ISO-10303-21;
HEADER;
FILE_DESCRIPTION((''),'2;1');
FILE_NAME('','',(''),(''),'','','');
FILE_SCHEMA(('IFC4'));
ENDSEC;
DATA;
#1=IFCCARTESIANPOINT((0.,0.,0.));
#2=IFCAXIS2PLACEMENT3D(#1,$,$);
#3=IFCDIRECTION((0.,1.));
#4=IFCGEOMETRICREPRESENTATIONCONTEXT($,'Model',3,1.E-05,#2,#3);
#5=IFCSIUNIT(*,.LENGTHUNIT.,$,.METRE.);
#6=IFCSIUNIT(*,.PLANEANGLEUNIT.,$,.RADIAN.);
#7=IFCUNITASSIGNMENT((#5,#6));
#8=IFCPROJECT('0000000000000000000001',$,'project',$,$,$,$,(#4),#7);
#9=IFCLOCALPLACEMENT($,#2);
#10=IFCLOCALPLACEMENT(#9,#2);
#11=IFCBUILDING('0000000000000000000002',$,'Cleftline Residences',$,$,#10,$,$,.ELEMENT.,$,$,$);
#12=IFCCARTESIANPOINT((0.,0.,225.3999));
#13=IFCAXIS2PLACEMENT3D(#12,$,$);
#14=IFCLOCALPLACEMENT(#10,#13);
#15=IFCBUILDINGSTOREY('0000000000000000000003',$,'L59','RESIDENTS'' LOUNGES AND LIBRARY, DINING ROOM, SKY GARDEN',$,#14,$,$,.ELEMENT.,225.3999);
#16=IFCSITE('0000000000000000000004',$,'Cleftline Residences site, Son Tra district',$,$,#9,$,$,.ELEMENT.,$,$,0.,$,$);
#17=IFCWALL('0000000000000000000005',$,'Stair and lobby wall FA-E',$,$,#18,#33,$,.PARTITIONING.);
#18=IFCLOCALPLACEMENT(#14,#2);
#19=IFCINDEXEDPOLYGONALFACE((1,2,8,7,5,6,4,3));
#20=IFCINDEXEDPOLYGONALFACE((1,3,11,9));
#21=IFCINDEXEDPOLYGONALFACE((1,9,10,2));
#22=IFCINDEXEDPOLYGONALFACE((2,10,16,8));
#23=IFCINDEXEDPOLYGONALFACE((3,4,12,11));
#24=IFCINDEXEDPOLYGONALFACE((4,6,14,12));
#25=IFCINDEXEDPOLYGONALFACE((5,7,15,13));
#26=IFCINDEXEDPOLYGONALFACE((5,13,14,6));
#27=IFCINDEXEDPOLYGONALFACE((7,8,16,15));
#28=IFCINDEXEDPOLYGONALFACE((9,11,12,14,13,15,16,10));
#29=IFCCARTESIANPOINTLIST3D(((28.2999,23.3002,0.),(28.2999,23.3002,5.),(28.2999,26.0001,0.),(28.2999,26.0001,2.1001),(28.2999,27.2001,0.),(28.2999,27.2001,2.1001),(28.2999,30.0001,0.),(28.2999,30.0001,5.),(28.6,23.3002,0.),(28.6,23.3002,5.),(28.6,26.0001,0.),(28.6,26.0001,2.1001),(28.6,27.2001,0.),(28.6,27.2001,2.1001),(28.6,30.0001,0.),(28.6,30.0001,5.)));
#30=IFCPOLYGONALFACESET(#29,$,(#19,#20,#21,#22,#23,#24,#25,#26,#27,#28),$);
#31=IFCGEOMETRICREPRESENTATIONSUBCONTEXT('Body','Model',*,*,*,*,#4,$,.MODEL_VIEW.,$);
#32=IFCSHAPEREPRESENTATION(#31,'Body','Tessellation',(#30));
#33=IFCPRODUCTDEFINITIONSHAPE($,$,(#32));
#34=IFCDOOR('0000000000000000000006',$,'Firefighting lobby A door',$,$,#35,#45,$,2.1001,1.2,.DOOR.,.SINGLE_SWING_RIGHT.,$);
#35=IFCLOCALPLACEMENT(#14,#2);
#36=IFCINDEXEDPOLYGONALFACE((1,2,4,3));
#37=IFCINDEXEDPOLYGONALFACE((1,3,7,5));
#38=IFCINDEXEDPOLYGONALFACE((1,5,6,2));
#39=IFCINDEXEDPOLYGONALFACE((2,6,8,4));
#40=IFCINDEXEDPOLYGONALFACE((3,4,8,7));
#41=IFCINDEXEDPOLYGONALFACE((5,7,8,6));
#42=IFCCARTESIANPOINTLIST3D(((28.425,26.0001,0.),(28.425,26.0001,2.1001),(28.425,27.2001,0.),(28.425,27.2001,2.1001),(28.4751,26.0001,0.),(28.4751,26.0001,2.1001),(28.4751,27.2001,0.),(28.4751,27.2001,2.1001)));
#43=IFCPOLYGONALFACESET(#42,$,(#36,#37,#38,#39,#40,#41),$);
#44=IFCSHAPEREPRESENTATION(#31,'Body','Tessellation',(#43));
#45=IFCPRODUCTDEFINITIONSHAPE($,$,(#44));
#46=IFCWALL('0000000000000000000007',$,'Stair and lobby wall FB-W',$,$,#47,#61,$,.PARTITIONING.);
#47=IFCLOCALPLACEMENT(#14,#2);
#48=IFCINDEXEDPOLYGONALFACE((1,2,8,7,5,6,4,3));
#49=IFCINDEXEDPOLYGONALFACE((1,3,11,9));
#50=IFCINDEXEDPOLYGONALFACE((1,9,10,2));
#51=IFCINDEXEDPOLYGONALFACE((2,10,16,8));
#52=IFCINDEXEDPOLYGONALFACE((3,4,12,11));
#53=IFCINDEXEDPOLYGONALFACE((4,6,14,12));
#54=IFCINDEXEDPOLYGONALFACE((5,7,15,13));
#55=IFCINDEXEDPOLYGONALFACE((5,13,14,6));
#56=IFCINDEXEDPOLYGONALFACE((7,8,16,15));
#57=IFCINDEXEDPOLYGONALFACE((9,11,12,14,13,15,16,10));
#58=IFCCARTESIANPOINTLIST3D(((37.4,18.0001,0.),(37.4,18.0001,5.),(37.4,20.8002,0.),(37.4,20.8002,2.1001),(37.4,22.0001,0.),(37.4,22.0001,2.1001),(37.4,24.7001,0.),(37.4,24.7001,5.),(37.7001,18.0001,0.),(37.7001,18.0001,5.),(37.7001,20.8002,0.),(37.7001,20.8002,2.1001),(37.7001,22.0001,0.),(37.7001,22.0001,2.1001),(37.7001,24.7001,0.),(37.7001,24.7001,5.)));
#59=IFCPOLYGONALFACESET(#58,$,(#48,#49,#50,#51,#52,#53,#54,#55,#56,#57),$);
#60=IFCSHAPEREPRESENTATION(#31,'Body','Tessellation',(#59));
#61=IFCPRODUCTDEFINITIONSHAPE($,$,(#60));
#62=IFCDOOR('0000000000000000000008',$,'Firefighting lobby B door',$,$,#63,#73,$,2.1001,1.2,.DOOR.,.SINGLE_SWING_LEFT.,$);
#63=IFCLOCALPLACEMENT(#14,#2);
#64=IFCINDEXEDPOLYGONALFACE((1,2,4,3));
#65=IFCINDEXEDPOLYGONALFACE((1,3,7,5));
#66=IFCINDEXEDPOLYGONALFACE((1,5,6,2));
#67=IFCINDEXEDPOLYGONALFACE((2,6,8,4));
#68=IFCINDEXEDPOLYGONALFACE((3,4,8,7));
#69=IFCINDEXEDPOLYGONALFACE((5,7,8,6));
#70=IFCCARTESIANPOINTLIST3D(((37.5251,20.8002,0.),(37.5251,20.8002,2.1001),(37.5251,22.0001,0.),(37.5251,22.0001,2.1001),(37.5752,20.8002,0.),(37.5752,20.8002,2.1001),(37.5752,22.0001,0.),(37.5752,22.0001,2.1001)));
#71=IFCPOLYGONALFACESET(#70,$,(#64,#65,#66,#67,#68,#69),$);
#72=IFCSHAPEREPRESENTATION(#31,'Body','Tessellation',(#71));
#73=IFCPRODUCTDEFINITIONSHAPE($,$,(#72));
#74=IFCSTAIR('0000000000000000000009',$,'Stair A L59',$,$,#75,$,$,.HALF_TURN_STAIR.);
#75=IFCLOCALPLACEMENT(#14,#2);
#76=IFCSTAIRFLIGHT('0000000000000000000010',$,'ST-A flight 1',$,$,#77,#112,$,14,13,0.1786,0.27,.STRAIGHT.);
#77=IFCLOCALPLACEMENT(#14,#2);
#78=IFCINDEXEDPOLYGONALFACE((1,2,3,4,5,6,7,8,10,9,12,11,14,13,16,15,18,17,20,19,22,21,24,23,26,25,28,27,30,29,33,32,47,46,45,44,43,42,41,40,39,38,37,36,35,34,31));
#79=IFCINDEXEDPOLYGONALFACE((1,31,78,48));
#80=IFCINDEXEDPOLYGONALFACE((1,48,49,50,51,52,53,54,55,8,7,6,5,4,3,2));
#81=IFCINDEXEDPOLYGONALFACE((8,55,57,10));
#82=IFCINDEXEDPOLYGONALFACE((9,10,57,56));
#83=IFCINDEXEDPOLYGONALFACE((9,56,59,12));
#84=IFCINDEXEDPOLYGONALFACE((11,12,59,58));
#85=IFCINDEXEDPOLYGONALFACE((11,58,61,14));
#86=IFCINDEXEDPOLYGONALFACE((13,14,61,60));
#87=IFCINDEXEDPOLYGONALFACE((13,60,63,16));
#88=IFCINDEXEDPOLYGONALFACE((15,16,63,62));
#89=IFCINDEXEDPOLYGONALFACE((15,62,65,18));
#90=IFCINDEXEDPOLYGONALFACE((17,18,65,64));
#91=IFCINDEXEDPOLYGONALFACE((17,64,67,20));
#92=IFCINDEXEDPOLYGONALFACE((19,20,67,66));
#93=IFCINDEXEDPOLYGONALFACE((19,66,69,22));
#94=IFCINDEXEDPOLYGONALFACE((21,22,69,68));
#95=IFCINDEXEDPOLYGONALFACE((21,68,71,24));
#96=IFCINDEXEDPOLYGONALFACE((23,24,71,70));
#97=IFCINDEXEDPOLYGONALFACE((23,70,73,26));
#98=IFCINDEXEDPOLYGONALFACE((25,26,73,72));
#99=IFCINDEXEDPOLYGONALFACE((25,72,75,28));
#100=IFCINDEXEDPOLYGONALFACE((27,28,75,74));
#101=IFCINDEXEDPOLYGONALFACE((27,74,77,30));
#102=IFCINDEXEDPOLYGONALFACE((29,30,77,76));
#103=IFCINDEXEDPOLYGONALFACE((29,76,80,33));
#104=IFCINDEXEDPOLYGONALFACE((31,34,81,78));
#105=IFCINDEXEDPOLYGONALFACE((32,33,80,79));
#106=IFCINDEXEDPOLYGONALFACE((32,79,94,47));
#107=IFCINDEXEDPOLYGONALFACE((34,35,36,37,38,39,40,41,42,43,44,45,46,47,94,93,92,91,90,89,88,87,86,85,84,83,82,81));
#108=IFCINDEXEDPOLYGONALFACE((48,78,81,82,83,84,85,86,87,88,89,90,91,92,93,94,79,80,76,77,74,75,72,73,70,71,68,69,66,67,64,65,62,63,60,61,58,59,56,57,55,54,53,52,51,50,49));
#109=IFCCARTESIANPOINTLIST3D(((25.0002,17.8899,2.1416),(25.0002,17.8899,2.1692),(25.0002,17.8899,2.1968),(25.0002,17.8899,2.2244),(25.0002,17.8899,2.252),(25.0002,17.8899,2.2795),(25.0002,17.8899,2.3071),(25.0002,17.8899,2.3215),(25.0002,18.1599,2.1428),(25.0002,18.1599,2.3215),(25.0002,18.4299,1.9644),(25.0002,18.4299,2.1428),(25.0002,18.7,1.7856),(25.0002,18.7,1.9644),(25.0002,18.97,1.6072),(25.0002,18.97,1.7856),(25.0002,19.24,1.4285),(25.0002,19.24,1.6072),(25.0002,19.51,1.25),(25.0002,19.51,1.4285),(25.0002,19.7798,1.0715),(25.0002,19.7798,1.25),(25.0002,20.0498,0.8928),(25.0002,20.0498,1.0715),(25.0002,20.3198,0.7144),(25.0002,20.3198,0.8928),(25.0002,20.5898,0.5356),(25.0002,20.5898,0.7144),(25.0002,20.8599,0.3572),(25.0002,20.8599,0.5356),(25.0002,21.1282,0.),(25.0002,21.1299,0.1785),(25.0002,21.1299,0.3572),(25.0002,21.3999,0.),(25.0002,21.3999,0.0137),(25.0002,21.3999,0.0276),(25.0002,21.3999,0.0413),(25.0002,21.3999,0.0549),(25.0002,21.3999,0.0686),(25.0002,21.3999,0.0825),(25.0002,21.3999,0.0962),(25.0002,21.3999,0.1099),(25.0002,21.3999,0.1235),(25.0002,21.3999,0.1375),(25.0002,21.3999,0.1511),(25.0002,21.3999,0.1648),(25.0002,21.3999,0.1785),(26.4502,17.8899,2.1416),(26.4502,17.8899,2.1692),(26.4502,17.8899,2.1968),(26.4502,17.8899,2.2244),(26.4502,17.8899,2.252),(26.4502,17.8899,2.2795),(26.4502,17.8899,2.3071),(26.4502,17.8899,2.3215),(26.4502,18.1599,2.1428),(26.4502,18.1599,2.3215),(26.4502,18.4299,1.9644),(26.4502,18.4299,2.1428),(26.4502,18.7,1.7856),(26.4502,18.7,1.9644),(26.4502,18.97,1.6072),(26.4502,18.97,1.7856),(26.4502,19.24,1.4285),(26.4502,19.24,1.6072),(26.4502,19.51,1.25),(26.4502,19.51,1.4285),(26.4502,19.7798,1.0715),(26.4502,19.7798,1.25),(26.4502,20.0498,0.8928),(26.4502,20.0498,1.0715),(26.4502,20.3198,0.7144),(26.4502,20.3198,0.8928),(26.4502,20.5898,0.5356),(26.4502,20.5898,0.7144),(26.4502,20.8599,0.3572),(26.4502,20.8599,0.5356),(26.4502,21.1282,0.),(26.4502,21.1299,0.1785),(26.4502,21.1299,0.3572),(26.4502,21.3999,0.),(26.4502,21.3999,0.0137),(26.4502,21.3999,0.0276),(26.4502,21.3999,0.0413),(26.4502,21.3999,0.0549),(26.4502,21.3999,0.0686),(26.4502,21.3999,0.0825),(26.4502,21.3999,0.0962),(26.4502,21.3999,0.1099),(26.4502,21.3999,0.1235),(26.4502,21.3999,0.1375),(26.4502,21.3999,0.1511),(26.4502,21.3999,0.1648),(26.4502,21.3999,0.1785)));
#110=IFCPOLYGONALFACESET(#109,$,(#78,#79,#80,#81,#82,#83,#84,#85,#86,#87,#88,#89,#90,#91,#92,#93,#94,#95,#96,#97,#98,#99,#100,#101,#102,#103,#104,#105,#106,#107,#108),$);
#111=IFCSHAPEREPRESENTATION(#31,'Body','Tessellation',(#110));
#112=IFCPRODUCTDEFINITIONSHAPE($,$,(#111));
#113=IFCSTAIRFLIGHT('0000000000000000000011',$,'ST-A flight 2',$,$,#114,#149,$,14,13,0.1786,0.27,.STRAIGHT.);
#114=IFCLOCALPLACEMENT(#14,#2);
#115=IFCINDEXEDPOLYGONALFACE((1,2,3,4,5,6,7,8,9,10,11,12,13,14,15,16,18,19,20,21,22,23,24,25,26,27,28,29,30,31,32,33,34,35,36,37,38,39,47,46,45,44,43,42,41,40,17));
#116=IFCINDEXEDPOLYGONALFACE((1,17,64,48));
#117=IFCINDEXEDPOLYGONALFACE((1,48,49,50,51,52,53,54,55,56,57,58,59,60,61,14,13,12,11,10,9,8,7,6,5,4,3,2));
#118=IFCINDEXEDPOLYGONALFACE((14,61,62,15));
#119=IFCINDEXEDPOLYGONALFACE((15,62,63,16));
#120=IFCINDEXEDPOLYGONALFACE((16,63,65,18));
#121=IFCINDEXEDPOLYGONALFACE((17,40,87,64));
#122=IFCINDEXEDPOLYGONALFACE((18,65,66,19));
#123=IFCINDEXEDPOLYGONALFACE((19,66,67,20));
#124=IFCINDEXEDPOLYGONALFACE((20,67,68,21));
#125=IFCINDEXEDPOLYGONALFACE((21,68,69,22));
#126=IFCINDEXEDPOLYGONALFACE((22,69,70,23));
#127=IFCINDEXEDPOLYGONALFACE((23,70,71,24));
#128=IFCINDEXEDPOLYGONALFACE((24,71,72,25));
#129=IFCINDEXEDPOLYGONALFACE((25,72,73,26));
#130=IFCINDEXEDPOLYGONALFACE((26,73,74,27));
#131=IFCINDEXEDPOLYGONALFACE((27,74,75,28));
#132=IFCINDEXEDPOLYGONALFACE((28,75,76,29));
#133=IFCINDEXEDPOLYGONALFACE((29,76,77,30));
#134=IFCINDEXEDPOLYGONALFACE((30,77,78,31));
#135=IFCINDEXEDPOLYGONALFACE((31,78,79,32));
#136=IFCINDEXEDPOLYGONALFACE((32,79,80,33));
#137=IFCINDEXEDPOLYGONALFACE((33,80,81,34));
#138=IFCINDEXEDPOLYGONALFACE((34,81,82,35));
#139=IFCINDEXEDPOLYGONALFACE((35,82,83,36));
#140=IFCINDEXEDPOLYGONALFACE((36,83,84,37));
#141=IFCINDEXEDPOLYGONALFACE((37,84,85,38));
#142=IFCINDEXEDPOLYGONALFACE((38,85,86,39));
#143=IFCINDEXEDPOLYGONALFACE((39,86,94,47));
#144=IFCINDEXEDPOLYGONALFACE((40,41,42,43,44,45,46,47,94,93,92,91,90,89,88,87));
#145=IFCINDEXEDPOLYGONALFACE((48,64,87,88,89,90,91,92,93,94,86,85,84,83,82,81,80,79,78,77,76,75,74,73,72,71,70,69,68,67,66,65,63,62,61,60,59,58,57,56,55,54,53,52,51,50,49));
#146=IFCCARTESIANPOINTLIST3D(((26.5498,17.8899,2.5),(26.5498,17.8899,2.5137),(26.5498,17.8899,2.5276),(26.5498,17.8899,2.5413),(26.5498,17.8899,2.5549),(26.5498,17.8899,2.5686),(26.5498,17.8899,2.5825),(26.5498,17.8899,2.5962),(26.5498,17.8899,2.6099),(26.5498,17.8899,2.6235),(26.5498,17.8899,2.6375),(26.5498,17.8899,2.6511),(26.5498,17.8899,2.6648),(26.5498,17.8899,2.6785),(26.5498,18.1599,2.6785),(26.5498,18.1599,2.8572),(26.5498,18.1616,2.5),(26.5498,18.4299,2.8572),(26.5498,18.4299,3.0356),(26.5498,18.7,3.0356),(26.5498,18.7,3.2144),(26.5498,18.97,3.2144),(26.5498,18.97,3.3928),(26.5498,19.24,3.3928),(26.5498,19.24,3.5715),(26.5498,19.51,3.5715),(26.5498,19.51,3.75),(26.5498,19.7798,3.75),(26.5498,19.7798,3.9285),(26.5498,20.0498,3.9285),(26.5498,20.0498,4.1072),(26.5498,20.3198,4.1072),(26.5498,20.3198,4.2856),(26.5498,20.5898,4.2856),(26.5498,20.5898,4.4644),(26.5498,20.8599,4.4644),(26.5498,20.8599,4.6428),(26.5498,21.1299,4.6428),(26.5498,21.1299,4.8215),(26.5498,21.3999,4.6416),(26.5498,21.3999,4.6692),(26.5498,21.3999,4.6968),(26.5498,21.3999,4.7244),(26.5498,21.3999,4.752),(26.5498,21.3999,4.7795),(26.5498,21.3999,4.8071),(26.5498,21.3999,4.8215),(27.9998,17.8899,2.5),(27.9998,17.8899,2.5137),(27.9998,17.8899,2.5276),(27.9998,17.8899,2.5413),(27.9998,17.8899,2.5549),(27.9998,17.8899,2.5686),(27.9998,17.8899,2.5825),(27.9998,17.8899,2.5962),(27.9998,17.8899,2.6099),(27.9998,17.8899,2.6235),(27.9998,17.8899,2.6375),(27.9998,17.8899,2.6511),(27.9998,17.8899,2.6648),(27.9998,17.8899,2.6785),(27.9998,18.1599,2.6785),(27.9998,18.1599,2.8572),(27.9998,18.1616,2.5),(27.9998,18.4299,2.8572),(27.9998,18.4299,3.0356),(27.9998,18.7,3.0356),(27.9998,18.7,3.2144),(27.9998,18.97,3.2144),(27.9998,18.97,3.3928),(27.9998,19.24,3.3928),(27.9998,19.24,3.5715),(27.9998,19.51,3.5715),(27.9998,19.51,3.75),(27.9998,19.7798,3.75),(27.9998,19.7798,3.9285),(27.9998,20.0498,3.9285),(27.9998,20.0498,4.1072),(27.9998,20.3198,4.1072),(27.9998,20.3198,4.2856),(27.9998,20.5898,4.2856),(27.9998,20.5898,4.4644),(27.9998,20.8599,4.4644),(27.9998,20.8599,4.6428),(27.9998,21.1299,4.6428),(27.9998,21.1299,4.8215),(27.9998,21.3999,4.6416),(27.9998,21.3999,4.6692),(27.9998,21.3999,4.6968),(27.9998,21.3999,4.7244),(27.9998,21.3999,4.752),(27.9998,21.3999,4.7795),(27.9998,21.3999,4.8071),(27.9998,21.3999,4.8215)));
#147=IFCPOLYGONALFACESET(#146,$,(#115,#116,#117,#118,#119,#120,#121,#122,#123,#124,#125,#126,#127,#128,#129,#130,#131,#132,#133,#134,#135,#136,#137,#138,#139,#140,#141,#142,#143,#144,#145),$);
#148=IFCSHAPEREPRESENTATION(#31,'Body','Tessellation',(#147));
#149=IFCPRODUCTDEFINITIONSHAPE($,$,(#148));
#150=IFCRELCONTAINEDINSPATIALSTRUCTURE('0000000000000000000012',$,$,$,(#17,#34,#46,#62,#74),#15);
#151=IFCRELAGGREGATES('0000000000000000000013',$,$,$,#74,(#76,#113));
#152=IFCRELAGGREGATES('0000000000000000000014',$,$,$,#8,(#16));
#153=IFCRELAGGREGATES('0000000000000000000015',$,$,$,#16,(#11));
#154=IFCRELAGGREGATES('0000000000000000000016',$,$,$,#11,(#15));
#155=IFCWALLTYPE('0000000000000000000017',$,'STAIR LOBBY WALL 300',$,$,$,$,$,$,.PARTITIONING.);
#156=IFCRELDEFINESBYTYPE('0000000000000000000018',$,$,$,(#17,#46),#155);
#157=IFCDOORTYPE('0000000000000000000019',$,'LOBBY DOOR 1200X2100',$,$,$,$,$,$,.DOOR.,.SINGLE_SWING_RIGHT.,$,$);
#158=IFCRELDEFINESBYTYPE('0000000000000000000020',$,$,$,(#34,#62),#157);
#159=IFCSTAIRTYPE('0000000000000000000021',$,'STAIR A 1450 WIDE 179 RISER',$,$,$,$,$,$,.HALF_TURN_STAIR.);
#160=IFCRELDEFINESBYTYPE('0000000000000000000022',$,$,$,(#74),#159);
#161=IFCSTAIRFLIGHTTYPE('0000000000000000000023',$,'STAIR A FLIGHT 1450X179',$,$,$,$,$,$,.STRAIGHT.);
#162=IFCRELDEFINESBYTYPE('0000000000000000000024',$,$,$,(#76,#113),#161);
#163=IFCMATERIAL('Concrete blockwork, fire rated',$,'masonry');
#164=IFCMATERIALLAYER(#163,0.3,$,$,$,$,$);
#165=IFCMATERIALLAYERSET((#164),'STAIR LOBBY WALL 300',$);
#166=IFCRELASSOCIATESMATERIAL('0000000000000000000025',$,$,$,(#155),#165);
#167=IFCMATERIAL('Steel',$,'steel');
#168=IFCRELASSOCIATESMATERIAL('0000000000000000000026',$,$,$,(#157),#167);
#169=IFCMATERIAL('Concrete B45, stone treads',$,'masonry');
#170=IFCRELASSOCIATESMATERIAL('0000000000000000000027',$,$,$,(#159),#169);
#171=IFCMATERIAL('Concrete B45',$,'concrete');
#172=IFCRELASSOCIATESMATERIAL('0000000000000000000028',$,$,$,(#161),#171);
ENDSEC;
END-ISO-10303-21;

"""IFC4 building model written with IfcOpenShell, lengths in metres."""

from ifc_helpers import new_model, si_unit, direction, frame, frame_2d, origin, place, context, subcontext, project, spatial, polyline, rectangle, outline, extrude, material, layer, layer_set, type_object, element, fill, aggregate, save


model = new_model("IFC4")

# Units and contexts
model_context = context("Model", 3, precision=1e-05, world=origin(), true_north=direction((0.0, 1.0)))
body_context = subcontext(model_context, "Body", "Model", "MODEL_VIEW")
ifc_project = project(units=[si_unit("LENGTHUNIT", "METRE"), si_unit("PLANEANGLEUNIT", "RADIAN")], contexts=[model_context])

# Site, building, storey
site_placement = place(None, origin())
site = spatial("IfcSite", under=ifc_project, at=site_placement, Name="Cleftline Residences site, Son Tra district", CompositionType="ELEMENT", RefElevation=0.0)
building_placement = place(site_placement, origin())
building = spatial("IfcBuilding", under=site, at=building_placement, Name="Cleftline Residences", CompositionType="ELEMENT")
storey_placement = place(building_placement, frame((0.0, 0.0, 225.3999)))
storey = spatial("IfcBuildingStorey", under=building, at=storey_placement, Name="L59", Description="RESIDENTS' LOUNGES AND LIBRARY, DINING ROOM, SKY GARDEN", CompositionType="ELEMENT", Elevation=225.3999)

# Walls, openings, doors
ifc_material_1 = material(Name="Concrete blockwork, fire rated", Category="masonry")
ifc_layer_1 = layer(ifc_material_1, 0.3)
ifc_layer_set_1 = layer_set([ifc_layer_1], Name="STAIR LOBBY WALL 300")
wall_type_1 = type_object("IfcWallType", Name="STAIR LOBBY WALL 300", PredefinedType="PARTITIONING", material=ifc_layer_set_1)
wall_1_placement = place(storey_placement, frame((28.45, 23.3, 0.0), z_axis=(0.0, 0.0, 1.0), x_axis=(0.0, 1.0, 0.0)))
wall_1 = element("IfcWall", 1, at=wall_1_placement, inside=storey, type_object=wall_type_1, Name="Stair and lobby wall FA-E", PredefinedType="PARTITIONING", context=body_context, shape_type="SweptSolid", body=[
    extrude(rectangle(XDim=6.7, YDim=0.3, at=frame_2d((3.3501, 0.0))), origin(), (0.0, 0.0, 1.0), 5.0),
])
opening_1_placement = place(wall_1_placement, frame((2.7, 0.0, 0.0)))
opening_1 = element("IfcOpeningElement", 2, at=opening_1_placement, cuts=wall_1, PredefinedType="OPENING", context=body_context, shape_type="SweptSolid", body=[
    extrude(rectangle(XDim=1.2, YDim=2.1001, at=frame_2d((0.6001, 1.05))), frame((0.0, 0.1599, 0.0), z_axis=(0.0, -1.0, 0.0), x_axis=(1.0, 0.0, 0.0)), (0.0, 0.0, 1.0), 0.3201),
])
ifc_material_2 = material(Name="Steel", Category="steel")
door_type_1 = type_object("IfcDoorType", Name="LOBBY DOOR 1200X2100", OperationType="SINGLE_SWING_RIGHT", PredefinedType="DOOR", material=ifc_material_2)
door_1_placement = place(opening_1_placement, origin())
door_1 = element("IfcDoor", 3, at=door_1_placement, inside=storey, type_object=door_type_1, Name="Firefighting lobby A door", OperationType="SINGLE_SWING_RIGHT", OverallHeight=2.1001, OverallWidth=1.2, PredefinedType="DOOR", context=body_context, shape_type="SweptSolid", body=[
    extrude(rectangle(XDim=1.2, YDim=2.1001, at=frame_2d((0.6001, 1.05))), frame((0.0, 0.0249, 0.0), z_axis=(0.0, -1.0, 0.0), x_axis=(1.0, 0.0, 0.0)), (0.0, 0.0, 1.0), 0.05),
])
fill(opening_1, door_1)
wall_2_placement = place(storey_placement, frame((37.55, 18.0, 0.0), z_axis=(0.0, 0.0, 1.0), x_axis=(0.0, 1.0, 0.0)))
wall_2 = element("IfcWall", 4, at=wall_2_placement, inside=storey, type_object=wall_type_1, Name="Stair and lobby wall FB-W", PredefinedType="PARTITIONING", context=body_context, shape_type="SweptSolid", body=[
    extrude(rectangle(XDim=6.7, YDim=0.3, at=frame_2d((3.3501, 0.0))), origin(), (0.0, 0.0, 1.0), 5.0),
])
opening_2_placement = place(wall_2_placement, frame((2.8, 0.0, 0.0)))
opening_2 = element("IfcOpeningElement", 5, at=opening_2_placement, cuts=wall_2, PredefinedType="OPENING", context=body_context, shape_type="SweptSolid", body=[
    extrude(rectangle(XDim=1.2, YDim=2.1001, at=frame_2d((0.6001, 1.05))), frame((0.0, 0.1599, 0.0), z_axis=(0.0, -1.0, 0.0), x_axis=(1.0, 0.0, 0.0)), (0.0, 0.0, 1.0), 0.3201),
])
door_2_placement = place(opening_2_placement, origin())
door_2 = element("IfcDoor", 6, at=door_2_placement, inside=storey, type_object=door_type_1, Name="Firefighting lobby B door", OperationType="SINGLE_SWING_LEFT", OverallHeight=2.1001, OverallWidth=1.2, PredefinedType="DOOR", context=body_context, shape_type="SweptSolid", body=[
    extrude(rectangle(XDim=1.2, YDim=2.1001, at=frame_2d((0.6001, 1.05))), frame((0.0, 0.0249, 0.0), z_axis=(0.0, -1.0, 0.0), x_axis=(1.0, 0.0, 0.0)), (0.0, 0.0, 1.0), 0.05),
])
fill(opening_2, door_2)

# Stair, stair flights
ifc_material_3 = material(Name="Concrete B45, stone treads", Category="masonry")
stair_type = type_object("IfcStairType", Name="STAIR A 1450 WIDE 179 RISER", PredefinedType="HALF_TURN_STAIR", material=ifc_material_3)
stair_placement = place(storey_placement, origin())
stair = element("IfcStair", 7, at=stair_placement, inside=storey, type_object=stair_type, Name="Stair A L59", PredefinedType="HALF_TURN_STAIR")
ifc_material_4 = material(Name="Concrete B45", Category="concrete")
stair_flight_type = type_object("IfcStairFlightType", Name="STAIR A FLIGHT 1450X179", PredefinedType="STRAIGHT", material=ifc_material_4)
stair_flight_1_placement = place(storey_placement, frame((25.7251, 21.3999, 0.0), z_axis=(0.0, 0.0, 1.0), x_axis=(0.0, -1.0, 0.0)))
stair_flight_1 = element("IfcStairFlight", 8, at=stair_flight_1_placement, type_object=stair_flight_type, Name="ST-A flight 1", NumberOfRisers=14, NumberOfTreads=13, PredefinedType="STRAIGHT", RiserHeight=0.1786, TreadLength=0.27, context=body_context, shape_type="SweptSolid", body=[
    extrude(outline(polyline([(0.0, 0.0), (0.0, 0.0137), (0.0, 0.0276), (0.0, 0.0413), (0.0, 0.0549), (0.0, 0.0686), (0.0, 0.0825), (0.0, 0.0962), (0.0, 0.1099), (0.0, 0.1235), (0.0, 0.1375), (0.0, 0.1511), (0.0, 0.1648), (0.0, 0.1785), (0.27, 0.1785), (0.27, 0.3572), (0.54, 0.3572), (0.54, 0.5356), (0.8101, 0.5356), (0.8101, 0.7144), (1.0801, 0.7144), (1.0801, 0.8928), (1.3501, 0.8928), (1.3501, 1.0715), (1.6201, 1.0715), (1.6201, 1.25), (1.8899, 1.25), (1.8899, 1.4285), (2.1599, 1.4285), (2.1599, 1.6072), (2.4299, 1.6072), (2.4299, 1.7856), (2.7, 1.7856), (2.7, 1.9644), (2.97, 1.9644), (2.97, 2.1428), (3.24, 2.1428), (3.24, 2.3215), (3.51, 2.3215), (3.51, 2.5), (3.51, 2.4724), (3.51, 2.4448), (3.51, 2.4172), (3.51, 2.3896), (3.51, 2.3623), (3.51, 2.3347), (3.51, 2.3071), (3.51, 2.2795), (3.51, 2.252), (3.51, 2.2244), (3.51, 2.1968), (3.51, 2.1692), (3.51, 2.1416), (0.2717, 0.0), (0.0, 0.0)])), frame((0.0, 0.7251, 0.0), z_axis=(0.0, -1.0, 0.0), x_axis=(1.0, 0.0, 0.0)), (0.0, 0.0, 1.0), 1.45),
])
stair_flight_2_placement = place(storey_placement, frame((27.2749, 17.8899, 2.5), z_axis=(0.0, 0.0, 1.0), x_axis=(0.0, 1.0, 0.0)))
stair_flight_2 = element("IfcStairFlight", 9, at=stair_flight_2_placement, type_object=stair_flight_type, Name="ST-A flight 2", NumberOfRisers=14, NumberOfTreads=13, PredefinedType="STRAIGHT", RiserHeight=0.1786, TreadLength=0.27, context=body_context, shape_type="SweptSolid", body=[
    extrude(outline(polyline([(0.0, 0.0), (0.0, 0.0137), (0.0, 0.0276), (0.0, 0.0413), (0.0, 0.0549), (0.0, 0.0686), (0.0, 0.0825), (0.0, 0.0962), (0.0, 0.1099), (0.0, 0.1235), (0.0, 0.1375), (0.0, 0.1511), (0.0, 0.1648), (0.0, 0.1785), (0.27, 0.1785), (0.27, 0.3572), (0.54, 0.3572), (0.54, 0.5356), (0.8101, 0.5356), (0.8101, 0.7144), (1.0801, 0.7144), (1.0801, 0.8928), (1.3501, 0.8928), (1.3501, 1.0715), (1.6201, 1.0715), (1.6201, 1.25), (1.8899, 1.25), (1.8899, 1.4285), (2.1599, 1.4285), (2.1599, 1.6072), (2.4299, 1.6072), (2.4299, 1.7856), (2.7, 1.7856), (2.7, 1.9644), (2.97, 1.9644), (2.97, 2.1428), (3.24, 2.1428), (3.24, 2.3215), (3.51, 2.3215), (3.51, 2.5), (3.51, 2.4724), (3.51, 2.4448), (3.51, 2.4172), (3.51, 2.3896), (3.51, 2.3623), (3.51, 2.3347), (3.51, 2.3071), (3.51, 2.2795), (3.51, 2.252), (3.51, 2.2244), (3.51, 2.1968), (3.51, 2.1692), (3.51, 2.1416), (0.2717, 0.0), (0.0, 0.0)])), frame((0.0, 0.7251, 0.0), z_axis=(0.0, -1.0, 0.0), x_axis=(1.0, 0.0, 0.0)), (0.0, 0.0, 1.0), 1.45),
])
aggregate(stair, [stair_flight_1, stair_flight_2])

save(model, "model.ifc")
